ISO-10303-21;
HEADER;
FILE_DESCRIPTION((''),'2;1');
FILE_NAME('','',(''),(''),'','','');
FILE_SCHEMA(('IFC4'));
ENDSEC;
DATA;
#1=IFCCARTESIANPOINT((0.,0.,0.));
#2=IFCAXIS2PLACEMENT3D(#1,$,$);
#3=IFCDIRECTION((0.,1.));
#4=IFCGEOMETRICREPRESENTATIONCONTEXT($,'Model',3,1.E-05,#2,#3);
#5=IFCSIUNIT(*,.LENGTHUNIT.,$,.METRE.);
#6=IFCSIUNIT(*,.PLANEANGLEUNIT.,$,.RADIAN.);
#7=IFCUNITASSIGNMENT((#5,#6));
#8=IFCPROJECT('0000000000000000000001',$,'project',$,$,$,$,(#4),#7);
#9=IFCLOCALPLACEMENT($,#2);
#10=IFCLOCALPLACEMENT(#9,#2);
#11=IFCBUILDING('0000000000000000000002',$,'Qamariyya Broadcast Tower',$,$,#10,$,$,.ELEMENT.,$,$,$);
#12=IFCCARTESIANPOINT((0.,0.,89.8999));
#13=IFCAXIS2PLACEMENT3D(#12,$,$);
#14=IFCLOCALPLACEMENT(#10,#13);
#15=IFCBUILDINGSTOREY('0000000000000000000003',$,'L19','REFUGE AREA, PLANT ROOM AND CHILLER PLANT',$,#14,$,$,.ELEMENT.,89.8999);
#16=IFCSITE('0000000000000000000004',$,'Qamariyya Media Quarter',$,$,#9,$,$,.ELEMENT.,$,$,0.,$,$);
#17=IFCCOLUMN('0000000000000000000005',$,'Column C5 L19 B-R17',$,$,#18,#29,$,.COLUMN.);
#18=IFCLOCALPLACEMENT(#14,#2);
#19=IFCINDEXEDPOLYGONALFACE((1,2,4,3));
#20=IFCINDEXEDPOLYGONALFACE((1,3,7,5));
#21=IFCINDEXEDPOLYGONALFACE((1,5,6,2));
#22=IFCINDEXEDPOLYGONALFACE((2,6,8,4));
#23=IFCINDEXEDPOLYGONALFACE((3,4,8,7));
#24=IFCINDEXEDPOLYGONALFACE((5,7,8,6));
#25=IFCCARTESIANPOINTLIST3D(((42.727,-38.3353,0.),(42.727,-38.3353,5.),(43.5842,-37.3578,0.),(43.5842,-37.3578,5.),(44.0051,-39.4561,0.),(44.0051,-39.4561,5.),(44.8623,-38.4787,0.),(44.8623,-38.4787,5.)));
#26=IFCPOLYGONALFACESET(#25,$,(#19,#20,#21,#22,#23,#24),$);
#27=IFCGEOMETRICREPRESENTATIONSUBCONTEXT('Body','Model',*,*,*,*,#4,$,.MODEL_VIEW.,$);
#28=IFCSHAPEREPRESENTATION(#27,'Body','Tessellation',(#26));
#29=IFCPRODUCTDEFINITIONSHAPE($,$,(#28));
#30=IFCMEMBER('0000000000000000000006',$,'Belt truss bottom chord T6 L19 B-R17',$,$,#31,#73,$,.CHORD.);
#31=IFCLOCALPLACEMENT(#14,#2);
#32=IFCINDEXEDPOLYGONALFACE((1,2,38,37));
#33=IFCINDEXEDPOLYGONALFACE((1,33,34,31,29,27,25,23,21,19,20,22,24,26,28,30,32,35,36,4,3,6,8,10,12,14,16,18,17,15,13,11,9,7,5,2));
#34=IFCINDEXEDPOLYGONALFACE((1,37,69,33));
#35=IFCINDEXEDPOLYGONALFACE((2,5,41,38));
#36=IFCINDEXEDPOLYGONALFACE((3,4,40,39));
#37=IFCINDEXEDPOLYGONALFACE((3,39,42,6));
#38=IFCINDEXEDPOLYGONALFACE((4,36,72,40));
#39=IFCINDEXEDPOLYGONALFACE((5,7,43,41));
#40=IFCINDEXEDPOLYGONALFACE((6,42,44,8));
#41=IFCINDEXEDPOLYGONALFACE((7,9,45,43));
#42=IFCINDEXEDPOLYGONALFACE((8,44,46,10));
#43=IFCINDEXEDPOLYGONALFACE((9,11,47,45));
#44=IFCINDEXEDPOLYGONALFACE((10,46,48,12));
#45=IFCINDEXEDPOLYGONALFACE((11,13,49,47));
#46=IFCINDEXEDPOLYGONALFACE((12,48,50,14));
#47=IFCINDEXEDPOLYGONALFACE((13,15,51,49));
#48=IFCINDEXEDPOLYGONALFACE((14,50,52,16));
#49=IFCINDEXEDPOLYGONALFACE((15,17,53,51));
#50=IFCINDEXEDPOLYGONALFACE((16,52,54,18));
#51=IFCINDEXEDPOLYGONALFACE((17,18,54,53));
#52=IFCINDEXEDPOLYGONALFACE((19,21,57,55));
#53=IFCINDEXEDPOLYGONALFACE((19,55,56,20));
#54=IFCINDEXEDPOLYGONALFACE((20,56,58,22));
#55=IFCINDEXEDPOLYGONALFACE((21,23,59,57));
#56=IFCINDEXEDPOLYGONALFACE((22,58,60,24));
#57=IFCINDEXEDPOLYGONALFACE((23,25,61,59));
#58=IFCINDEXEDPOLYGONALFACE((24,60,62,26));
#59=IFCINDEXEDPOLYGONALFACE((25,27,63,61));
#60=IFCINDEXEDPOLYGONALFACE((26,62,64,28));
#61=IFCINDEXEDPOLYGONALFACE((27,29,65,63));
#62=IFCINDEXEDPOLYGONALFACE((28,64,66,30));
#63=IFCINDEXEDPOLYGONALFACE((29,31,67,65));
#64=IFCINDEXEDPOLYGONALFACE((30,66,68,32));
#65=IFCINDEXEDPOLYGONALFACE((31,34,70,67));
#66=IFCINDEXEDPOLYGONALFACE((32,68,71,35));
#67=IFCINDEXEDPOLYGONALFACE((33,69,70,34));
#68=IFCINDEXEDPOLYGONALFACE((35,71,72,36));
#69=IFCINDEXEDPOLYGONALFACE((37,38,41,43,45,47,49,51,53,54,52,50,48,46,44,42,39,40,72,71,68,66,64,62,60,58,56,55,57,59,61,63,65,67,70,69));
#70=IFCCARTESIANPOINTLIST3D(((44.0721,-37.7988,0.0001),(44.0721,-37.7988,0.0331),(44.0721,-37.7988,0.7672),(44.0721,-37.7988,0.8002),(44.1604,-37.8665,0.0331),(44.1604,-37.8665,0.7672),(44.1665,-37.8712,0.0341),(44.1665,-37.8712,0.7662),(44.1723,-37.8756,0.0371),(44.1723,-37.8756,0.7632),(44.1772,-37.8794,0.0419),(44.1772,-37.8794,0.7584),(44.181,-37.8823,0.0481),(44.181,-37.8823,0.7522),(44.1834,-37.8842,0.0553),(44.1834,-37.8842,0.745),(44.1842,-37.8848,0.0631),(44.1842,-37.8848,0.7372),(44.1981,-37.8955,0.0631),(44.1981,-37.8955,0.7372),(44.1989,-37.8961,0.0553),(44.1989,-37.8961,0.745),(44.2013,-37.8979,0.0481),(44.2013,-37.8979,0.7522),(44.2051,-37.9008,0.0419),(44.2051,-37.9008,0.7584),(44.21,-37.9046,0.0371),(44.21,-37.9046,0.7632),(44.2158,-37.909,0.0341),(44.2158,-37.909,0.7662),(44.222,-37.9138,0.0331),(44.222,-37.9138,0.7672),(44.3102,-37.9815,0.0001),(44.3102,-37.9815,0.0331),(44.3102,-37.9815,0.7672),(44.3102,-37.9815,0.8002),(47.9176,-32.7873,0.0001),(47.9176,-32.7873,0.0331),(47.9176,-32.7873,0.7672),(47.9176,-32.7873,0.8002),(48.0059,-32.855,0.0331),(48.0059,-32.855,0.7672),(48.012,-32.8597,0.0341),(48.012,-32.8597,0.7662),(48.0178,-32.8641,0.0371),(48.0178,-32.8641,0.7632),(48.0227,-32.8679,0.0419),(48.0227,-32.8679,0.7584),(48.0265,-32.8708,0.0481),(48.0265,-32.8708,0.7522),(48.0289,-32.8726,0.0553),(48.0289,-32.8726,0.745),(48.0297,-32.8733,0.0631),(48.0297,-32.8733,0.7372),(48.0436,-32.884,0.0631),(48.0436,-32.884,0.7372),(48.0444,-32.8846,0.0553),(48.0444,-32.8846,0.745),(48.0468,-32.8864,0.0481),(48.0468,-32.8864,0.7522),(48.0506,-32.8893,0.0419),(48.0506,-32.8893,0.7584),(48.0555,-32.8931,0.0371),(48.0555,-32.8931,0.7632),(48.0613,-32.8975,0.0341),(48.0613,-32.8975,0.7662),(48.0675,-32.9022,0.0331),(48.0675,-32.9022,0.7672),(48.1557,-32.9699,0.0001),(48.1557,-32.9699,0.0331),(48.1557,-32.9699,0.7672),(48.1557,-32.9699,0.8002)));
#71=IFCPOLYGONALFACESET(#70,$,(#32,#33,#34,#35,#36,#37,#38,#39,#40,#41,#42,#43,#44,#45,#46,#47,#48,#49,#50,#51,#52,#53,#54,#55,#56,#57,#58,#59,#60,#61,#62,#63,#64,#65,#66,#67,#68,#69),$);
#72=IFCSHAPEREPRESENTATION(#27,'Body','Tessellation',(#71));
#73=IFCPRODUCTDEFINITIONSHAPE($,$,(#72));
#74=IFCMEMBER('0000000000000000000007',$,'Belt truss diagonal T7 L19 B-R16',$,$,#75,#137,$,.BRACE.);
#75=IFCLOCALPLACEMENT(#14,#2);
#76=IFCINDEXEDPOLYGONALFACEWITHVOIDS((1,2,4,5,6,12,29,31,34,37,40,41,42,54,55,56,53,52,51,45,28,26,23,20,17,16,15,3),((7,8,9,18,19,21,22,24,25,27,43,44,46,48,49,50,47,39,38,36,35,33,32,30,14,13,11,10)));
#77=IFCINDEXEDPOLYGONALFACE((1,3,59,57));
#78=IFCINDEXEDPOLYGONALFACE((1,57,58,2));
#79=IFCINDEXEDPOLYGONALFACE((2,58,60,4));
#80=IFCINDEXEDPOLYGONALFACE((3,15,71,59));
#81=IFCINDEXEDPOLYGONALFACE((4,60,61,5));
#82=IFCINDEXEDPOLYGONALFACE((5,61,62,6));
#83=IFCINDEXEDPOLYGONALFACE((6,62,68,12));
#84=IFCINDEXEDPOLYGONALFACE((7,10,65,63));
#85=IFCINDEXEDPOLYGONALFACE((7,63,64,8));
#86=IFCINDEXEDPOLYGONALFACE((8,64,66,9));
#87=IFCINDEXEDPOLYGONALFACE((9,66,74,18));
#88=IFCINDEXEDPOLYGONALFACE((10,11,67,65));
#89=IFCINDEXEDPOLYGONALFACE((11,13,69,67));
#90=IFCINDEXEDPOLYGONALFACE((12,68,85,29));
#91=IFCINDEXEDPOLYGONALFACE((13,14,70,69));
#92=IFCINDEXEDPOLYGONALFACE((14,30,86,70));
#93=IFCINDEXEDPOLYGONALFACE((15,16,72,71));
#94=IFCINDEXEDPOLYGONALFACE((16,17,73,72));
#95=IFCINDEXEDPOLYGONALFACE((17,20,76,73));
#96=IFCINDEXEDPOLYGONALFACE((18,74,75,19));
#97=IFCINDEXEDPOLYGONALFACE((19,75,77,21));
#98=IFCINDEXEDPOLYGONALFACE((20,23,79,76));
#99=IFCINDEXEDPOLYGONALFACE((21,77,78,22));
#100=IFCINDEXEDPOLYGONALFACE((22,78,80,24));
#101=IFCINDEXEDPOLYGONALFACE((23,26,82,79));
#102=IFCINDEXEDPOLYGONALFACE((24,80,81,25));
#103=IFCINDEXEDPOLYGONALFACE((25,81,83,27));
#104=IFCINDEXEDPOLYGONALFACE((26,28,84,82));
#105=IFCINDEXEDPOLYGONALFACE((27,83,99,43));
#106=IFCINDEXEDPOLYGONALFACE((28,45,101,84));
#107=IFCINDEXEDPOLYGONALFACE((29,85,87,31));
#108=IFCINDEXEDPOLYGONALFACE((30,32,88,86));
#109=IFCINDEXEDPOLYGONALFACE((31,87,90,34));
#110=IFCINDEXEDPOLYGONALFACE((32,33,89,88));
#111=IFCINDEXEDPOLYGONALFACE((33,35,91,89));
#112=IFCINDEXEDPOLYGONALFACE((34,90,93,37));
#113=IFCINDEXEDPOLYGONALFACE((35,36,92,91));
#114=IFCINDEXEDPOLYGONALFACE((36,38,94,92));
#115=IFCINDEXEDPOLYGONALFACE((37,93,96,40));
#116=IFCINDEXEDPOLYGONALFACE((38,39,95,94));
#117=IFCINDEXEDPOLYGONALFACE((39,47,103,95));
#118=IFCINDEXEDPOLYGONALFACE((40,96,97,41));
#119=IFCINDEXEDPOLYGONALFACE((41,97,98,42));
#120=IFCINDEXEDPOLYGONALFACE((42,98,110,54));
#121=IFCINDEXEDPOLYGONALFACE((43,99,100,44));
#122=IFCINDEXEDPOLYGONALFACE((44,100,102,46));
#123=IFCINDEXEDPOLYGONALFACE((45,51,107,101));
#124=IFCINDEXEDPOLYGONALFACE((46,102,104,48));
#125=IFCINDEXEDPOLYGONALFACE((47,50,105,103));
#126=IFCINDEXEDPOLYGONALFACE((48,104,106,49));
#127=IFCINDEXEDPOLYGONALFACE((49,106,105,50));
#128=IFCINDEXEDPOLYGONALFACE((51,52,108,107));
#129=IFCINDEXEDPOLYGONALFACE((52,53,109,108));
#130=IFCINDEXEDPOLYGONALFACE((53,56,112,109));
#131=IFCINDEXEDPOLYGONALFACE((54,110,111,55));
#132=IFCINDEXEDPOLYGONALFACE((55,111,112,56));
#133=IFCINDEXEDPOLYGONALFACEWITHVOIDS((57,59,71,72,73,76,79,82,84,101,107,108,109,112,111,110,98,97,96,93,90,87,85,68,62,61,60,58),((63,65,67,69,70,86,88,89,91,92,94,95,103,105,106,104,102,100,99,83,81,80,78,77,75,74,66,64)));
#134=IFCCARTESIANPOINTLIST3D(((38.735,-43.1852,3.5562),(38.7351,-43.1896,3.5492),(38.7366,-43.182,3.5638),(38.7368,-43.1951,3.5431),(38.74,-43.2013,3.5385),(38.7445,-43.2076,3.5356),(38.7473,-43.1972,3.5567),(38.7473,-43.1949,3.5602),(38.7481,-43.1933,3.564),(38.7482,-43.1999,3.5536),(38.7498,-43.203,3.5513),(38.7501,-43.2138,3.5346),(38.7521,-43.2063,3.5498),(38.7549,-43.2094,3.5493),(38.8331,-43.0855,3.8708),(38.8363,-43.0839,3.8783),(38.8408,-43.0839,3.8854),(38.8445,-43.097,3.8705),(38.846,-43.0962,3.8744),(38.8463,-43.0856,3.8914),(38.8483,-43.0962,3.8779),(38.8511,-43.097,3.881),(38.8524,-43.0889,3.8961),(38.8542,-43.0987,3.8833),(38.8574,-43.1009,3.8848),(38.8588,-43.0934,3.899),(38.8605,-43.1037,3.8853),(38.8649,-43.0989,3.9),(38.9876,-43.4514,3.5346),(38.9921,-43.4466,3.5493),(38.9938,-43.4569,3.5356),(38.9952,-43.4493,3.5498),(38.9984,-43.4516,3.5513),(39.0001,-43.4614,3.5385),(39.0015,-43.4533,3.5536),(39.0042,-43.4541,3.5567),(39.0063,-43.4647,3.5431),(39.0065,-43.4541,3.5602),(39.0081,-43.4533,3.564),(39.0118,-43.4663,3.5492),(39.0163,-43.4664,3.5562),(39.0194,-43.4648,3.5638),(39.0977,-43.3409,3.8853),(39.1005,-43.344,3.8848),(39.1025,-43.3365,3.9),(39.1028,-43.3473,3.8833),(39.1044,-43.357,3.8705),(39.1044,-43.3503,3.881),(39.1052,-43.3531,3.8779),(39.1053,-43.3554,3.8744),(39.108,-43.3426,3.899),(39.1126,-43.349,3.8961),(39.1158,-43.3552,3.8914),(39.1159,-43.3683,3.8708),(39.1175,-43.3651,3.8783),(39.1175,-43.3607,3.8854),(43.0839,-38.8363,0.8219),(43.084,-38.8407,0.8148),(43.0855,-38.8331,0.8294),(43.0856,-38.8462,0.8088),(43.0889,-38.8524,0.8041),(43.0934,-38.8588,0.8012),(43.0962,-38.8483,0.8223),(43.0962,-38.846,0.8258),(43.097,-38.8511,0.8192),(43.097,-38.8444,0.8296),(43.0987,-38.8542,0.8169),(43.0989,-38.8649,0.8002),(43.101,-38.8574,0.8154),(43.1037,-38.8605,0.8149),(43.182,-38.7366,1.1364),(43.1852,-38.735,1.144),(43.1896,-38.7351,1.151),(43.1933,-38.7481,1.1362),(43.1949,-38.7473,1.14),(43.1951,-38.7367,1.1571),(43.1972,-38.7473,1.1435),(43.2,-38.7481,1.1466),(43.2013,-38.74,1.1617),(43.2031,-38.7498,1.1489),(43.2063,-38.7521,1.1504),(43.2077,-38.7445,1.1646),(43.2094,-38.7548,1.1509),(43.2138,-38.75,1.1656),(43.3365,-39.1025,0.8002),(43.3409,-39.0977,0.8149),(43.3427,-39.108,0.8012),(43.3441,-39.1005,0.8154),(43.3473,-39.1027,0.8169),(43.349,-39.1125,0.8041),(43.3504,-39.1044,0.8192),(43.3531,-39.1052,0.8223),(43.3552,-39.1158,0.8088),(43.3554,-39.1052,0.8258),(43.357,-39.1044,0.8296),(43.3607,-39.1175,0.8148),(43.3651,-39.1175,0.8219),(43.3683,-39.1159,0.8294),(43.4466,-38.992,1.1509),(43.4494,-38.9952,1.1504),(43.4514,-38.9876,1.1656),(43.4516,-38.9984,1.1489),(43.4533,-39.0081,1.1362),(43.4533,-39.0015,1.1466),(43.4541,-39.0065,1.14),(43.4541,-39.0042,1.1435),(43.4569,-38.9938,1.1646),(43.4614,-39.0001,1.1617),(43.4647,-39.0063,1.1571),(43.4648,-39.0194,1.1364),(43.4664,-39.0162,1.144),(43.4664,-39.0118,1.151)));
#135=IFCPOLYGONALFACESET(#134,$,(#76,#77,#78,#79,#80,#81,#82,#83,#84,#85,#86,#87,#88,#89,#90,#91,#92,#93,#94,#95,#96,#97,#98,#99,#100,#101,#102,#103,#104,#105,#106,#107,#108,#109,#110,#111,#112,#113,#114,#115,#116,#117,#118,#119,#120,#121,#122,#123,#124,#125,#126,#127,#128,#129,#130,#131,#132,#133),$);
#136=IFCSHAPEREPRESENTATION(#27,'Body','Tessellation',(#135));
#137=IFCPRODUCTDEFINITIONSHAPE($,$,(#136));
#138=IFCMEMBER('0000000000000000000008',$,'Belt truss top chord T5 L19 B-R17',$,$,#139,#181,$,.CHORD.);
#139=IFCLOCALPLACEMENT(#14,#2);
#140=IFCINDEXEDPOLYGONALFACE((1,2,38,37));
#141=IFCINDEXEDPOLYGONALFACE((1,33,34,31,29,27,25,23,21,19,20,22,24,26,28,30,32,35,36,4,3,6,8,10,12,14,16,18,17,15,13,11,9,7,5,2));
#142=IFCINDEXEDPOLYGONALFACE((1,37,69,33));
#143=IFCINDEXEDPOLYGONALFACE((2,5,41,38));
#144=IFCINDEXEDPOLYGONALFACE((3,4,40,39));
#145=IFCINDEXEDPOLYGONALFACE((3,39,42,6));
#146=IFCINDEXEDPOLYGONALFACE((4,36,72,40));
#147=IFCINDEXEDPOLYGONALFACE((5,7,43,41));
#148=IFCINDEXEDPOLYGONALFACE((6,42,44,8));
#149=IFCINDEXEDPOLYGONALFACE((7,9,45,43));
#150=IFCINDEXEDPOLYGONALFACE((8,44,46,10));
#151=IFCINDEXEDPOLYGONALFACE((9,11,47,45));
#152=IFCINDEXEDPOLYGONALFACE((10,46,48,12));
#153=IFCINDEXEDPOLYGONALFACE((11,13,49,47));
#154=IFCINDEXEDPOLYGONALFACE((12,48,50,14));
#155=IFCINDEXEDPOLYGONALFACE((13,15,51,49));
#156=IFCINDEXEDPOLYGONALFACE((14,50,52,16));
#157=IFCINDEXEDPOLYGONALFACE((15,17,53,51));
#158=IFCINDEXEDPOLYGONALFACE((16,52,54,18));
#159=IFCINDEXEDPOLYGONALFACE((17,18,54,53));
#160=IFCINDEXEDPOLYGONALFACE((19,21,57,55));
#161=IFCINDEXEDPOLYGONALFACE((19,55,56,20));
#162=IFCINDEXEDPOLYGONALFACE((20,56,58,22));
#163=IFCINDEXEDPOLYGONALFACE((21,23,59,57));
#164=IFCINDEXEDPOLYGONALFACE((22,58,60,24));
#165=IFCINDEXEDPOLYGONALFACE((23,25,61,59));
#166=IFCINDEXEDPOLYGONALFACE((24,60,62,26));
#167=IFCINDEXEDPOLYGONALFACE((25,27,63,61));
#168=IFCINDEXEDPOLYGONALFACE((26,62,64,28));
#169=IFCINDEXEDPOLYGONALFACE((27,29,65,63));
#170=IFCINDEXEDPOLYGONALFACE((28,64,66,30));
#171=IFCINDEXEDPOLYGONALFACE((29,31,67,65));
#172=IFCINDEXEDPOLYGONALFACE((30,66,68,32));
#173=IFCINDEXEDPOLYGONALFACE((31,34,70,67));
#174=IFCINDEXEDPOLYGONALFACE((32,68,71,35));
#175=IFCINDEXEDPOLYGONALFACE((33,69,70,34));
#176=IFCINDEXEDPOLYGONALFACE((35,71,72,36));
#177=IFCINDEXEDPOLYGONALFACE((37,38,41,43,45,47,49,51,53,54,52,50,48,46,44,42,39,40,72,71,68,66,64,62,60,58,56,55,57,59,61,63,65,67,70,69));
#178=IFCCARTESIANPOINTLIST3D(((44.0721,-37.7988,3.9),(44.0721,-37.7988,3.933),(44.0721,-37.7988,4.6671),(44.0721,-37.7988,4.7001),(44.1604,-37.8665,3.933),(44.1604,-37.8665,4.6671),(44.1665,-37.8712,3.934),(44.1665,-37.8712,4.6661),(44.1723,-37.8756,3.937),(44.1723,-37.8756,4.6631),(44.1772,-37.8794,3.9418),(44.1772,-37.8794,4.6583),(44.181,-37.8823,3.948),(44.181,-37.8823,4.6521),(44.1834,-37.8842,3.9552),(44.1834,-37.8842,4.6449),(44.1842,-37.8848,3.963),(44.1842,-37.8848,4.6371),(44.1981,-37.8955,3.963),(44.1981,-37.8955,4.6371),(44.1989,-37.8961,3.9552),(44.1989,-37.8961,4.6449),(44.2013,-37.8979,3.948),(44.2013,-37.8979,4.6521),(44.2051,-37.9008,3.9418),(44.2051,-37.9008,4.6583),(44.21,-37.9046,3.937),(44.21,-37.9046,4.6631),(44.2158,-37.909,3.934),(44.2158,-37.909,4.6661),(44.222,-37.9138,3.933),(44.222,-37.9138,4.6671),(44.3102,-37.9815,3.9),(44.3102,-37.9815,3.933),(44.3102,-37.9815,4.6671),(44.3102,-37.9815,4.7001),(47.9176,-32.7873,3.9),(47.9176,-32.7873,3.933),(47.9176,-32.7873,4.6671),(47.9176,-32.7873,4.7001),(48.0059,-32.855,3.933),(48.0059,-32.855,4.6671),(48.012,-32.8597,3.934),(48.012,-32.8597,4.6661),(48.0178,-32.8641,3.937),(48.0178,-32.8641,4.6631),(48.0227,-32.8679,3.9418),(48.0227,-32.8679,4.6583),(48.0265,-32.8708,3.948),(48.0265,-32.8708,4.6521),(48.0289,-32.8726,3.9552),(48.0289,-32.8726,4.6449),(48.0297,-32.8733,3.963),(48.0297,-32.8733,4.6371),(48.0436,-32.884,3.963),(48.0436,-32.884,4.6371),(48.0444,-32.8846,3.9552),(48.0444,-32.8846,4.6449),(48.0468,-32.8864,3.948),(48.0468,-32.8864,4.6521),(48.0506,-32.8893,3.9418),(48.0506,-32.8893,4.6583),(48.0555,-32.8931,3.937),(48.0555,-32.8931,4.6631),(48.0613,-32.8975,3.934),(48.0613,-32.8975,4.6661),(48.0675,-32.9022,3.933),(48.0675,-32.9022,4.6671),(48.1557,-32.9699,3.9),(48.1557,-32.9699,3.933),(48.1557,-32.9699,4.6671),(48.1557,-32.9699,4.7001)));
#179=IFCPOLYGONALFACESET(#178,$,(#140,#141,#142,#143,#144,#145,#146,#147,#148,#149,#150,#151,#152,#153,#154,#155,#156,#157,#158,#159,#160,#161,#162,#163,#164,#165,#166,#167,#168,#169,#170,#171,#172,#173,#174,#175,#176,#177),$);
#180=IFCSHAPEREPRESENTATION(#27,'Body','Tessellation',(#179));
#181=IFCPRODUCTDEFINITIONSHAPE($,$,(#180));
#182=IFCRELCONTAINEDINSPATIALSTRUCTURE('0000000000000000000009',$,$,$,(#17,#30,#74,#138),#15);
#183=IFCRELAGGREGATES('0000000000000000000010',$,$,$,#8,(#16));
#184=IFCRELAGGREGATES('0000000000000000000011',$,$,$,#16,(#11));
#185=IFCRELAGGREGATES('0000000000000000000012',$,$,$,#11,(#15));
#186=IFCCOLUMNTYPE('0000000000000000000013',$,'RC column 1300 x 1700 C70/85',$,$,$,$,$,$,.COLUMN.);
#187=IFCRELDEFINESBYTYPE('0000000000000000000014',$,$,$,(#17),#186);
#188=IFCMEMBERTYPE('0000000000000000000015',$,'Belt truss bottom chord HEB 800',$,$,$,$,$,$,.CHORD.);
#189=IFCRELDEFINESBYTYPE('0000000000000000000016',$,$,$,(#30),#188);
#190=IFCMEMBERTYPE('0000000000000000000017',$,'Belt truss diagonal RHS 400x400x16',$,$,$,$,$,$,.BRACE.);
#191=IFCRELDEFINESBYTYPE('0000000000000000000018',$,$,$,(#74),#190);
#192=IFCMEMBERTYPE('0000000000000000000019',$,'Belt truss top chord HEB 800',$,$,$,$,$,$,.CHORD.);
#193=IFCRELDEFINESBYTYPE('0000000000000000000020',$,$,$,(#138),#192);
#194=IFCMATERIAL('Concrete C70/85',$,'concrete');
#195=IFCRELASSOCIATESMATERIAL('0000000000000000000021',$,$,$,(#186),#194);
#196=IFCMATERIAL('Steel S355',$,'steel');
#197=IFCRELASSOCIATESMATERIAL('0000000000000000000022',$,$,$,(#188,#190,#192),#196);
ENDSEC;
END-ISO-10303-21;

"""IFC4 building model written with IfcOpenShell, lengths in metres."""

from ifc_helpers import new_model, si_unit, direction, frame, origin, origin_2d, place, context, subcontext, project, spatial, rectangle, hollow_rectangle, i_section, extrude, material, material_profile, profile_set, type_object, element, save


model = new_model("IFC4")

# Units and contexts
model_context = context("Model", 3, precision=1e-05, world=origin(), true_north=direction((0.0, 1.0)))
body_context = subcontext(model_context, "Body", "Model", "MODEL_VIEW")
ifc_project = project(units=[si_unit("LENGTHUNIT", "METRE"), si_unit("PLANEANGLEUNIT", "RADIAN")], contexts=[model_context])

# Site, building, storey
site_placement = place(None, origin())
site = spatial("IfcSite", under=ifc_project, at=site_placement, Name="Qamariyya Media Quarter", CompositionType="ELEMENT", RefElevation=0.0)
building_placement = place(site_placement, origin())
building = spatial("IfcBuilding", under=site, at=building_placement, Name="Qamariyya Broadcast Tower", CompositionType="ELEMENT")
storey_placement = place(building_placement, frame((0.0, 0.0, 89.8999)))
storey = spatial("IfcBuildingStorey", under=building, at=storey_placement, Name="L19", Description="REFUGE AREA, PLANT ROOM AND CHILLER PLANT", CompositionType="ELEMENT", Elevation=89.8999)

# Column
ifc_material_1 = material(Name="Concrete C70/85", Category="concrete")
ifc_material_profile_1 = material_profile(ifc_material_1, rectangle(XDim=1.3, YDim=1.7, at=origin_2d()))
ifc_profile_set_1 = profile_set([ifc_material_profile_1], Name="Concrete C70/85")
column_type = type_object("IfcColumnType", Name="RC column 1300 x 1700 C70/85", PredefinedType="COLUMN", material=ifc_profile_set_1)
column_placement = place(storey_placement, frame((43.7947, -38.407, 0.0), z_axis=(0.0, 0.0, 1.0), x_axis=(0.659346, 0.75184, 0.0)))
element("IfcColumn", 1, at=column_placement, inside=storey, type_object=column_type, Name="Column C5 L19 B-R17", PredefinedType="COLUMN", context=body_context, shape_type="SweptSolid", body=[
    extrude(rectangle(XDim=1.3, YDim=1.7, at=origin_2d()), origin(), (0.0, 0.0, 1.0), 5.0),
])

# Members
ifc_material_2 = material(Name="Steel S355", Category="steel")
ifc_material_profile_2 = material_profile(ifc_material_2, i_section(OverallWidth=0.3, OverallDepth=0.8, WebThickness=0.0176, FlangeThickness=0.033, FilletRadius=0.03, at=origin_2d()))
ifc_profile_set_2 = profile_set([ifc_material_profile_2], Name="Steel S355")
member_type_1 = type_object("IfcMemberType", Name="Belt truss bottom chord HEB 800", PredefinedType="CHORD", material=ifc_profile_set_2)
member_1_placement = place(storey_placement, frame((44.1912, -37.8901, 0.4001), z_axis=(0.608763, 0.793352, 0.0), x_axis=(-0.793352, 0.608763, 0.0)))
element("IfcMember", 2, at=member_1_placement, inside=storey, type_object=member_type_1, Name="Belt truss bottom chord T6 L19 B-R17", PredefinedType="CHORD", context=body_context, shape_type="SweptSolid", body=[
    extrude(i_section(OverallWidth=0.3, OverallDepth=0.8, WebThickness=0.0176, FlangeThickness=0.033, FilletRadius=0.03, at=origin_2d()), origin(), (0.0, 0.0, 1.0), 6.3169),
])
ifc_material_profile_3 = material_profile(ifc_material_2, hollow_rectangle(XDim=0.3999, YDim=0.3999, WallThickness=0.0161, InnerFilletRadius=0.0161, OuterFilletRadius=0.032, at=origin_2d()))
ifc_profile_set_3 = profile_set([ifc_material_profile_3], Name="Steel S355")
member_type_2 = type_object("IfcMemberType", Name="Belt truss diagonal RHS 400x400x16", PredefinedType="BRACE", material=ifc_profile_set_3)
member_2_placement = place(storey_placement, frame((38.9263, -43.2751, 3.7173), z_axis=(0.646126, 0.646126, -0.406254), x_axis=(-0.707107, 0.707107, 0.0)))
element("IfcMember", 3, at=member_2_placement, inside=storey, type_object=member_type_2, Name="Belt truss diagonal T7 L19 B-R16", PredefinedType="BRACE", context=body_context, shape_type="SweptSolid", body=[
    extrude(hollow_rectangle(XDim=0.3999, YDim=0.3999, WallThickness=0.0161, InnerFilletRadius=0.0161, OuterFilletRadius=0.032, at=origin_2d()), origin(), (0.0, 0.0, 1.0), 6.7307),
])
ifc_material_profile_4 = material_profile(ifc_material_2, i_section(OverallWidth=0.3, OverallDepth=0.8, WebThickness=0.0176, FlangeThickness=0.033, FilletRadius=0.03, at=origin_2d()))
ifc_profile_set_4 = profile_set([ifc_material_profile_4], Name="Steel S355")
member_type_3 = type_object("IfcMemberType", Name="Belt truss top chord HEB 800", PredefinedType="CHORD", material=ifc_profile_set_4)
member_3_placement = place(storey_placement, frame((44.1912, -37.8901, 4.3), z_axis=(0.608763, 0.793352, 0.0), x_axis=(-0.793352, 0.608763, 0.0)))
element("IfcMember", 4, at=member_3_placement, inside=storey, type_object=member_type_3, Name="Belt truss top chord T5 L19 B-R17", PredefinedType="CHORD", context=body_context, shape_type="SweptSolid", body=[
    extrude(i_section(OverallWidth=0.3, OverallDepth=0.8, WebThickness=0.0176, FlangeThickness=0.033, FilletRadius=0.03, at=origin_2d()), origin(), (0.0, 0.0, 1.0), 6.3169),
])

save(model, "model.ifc")
